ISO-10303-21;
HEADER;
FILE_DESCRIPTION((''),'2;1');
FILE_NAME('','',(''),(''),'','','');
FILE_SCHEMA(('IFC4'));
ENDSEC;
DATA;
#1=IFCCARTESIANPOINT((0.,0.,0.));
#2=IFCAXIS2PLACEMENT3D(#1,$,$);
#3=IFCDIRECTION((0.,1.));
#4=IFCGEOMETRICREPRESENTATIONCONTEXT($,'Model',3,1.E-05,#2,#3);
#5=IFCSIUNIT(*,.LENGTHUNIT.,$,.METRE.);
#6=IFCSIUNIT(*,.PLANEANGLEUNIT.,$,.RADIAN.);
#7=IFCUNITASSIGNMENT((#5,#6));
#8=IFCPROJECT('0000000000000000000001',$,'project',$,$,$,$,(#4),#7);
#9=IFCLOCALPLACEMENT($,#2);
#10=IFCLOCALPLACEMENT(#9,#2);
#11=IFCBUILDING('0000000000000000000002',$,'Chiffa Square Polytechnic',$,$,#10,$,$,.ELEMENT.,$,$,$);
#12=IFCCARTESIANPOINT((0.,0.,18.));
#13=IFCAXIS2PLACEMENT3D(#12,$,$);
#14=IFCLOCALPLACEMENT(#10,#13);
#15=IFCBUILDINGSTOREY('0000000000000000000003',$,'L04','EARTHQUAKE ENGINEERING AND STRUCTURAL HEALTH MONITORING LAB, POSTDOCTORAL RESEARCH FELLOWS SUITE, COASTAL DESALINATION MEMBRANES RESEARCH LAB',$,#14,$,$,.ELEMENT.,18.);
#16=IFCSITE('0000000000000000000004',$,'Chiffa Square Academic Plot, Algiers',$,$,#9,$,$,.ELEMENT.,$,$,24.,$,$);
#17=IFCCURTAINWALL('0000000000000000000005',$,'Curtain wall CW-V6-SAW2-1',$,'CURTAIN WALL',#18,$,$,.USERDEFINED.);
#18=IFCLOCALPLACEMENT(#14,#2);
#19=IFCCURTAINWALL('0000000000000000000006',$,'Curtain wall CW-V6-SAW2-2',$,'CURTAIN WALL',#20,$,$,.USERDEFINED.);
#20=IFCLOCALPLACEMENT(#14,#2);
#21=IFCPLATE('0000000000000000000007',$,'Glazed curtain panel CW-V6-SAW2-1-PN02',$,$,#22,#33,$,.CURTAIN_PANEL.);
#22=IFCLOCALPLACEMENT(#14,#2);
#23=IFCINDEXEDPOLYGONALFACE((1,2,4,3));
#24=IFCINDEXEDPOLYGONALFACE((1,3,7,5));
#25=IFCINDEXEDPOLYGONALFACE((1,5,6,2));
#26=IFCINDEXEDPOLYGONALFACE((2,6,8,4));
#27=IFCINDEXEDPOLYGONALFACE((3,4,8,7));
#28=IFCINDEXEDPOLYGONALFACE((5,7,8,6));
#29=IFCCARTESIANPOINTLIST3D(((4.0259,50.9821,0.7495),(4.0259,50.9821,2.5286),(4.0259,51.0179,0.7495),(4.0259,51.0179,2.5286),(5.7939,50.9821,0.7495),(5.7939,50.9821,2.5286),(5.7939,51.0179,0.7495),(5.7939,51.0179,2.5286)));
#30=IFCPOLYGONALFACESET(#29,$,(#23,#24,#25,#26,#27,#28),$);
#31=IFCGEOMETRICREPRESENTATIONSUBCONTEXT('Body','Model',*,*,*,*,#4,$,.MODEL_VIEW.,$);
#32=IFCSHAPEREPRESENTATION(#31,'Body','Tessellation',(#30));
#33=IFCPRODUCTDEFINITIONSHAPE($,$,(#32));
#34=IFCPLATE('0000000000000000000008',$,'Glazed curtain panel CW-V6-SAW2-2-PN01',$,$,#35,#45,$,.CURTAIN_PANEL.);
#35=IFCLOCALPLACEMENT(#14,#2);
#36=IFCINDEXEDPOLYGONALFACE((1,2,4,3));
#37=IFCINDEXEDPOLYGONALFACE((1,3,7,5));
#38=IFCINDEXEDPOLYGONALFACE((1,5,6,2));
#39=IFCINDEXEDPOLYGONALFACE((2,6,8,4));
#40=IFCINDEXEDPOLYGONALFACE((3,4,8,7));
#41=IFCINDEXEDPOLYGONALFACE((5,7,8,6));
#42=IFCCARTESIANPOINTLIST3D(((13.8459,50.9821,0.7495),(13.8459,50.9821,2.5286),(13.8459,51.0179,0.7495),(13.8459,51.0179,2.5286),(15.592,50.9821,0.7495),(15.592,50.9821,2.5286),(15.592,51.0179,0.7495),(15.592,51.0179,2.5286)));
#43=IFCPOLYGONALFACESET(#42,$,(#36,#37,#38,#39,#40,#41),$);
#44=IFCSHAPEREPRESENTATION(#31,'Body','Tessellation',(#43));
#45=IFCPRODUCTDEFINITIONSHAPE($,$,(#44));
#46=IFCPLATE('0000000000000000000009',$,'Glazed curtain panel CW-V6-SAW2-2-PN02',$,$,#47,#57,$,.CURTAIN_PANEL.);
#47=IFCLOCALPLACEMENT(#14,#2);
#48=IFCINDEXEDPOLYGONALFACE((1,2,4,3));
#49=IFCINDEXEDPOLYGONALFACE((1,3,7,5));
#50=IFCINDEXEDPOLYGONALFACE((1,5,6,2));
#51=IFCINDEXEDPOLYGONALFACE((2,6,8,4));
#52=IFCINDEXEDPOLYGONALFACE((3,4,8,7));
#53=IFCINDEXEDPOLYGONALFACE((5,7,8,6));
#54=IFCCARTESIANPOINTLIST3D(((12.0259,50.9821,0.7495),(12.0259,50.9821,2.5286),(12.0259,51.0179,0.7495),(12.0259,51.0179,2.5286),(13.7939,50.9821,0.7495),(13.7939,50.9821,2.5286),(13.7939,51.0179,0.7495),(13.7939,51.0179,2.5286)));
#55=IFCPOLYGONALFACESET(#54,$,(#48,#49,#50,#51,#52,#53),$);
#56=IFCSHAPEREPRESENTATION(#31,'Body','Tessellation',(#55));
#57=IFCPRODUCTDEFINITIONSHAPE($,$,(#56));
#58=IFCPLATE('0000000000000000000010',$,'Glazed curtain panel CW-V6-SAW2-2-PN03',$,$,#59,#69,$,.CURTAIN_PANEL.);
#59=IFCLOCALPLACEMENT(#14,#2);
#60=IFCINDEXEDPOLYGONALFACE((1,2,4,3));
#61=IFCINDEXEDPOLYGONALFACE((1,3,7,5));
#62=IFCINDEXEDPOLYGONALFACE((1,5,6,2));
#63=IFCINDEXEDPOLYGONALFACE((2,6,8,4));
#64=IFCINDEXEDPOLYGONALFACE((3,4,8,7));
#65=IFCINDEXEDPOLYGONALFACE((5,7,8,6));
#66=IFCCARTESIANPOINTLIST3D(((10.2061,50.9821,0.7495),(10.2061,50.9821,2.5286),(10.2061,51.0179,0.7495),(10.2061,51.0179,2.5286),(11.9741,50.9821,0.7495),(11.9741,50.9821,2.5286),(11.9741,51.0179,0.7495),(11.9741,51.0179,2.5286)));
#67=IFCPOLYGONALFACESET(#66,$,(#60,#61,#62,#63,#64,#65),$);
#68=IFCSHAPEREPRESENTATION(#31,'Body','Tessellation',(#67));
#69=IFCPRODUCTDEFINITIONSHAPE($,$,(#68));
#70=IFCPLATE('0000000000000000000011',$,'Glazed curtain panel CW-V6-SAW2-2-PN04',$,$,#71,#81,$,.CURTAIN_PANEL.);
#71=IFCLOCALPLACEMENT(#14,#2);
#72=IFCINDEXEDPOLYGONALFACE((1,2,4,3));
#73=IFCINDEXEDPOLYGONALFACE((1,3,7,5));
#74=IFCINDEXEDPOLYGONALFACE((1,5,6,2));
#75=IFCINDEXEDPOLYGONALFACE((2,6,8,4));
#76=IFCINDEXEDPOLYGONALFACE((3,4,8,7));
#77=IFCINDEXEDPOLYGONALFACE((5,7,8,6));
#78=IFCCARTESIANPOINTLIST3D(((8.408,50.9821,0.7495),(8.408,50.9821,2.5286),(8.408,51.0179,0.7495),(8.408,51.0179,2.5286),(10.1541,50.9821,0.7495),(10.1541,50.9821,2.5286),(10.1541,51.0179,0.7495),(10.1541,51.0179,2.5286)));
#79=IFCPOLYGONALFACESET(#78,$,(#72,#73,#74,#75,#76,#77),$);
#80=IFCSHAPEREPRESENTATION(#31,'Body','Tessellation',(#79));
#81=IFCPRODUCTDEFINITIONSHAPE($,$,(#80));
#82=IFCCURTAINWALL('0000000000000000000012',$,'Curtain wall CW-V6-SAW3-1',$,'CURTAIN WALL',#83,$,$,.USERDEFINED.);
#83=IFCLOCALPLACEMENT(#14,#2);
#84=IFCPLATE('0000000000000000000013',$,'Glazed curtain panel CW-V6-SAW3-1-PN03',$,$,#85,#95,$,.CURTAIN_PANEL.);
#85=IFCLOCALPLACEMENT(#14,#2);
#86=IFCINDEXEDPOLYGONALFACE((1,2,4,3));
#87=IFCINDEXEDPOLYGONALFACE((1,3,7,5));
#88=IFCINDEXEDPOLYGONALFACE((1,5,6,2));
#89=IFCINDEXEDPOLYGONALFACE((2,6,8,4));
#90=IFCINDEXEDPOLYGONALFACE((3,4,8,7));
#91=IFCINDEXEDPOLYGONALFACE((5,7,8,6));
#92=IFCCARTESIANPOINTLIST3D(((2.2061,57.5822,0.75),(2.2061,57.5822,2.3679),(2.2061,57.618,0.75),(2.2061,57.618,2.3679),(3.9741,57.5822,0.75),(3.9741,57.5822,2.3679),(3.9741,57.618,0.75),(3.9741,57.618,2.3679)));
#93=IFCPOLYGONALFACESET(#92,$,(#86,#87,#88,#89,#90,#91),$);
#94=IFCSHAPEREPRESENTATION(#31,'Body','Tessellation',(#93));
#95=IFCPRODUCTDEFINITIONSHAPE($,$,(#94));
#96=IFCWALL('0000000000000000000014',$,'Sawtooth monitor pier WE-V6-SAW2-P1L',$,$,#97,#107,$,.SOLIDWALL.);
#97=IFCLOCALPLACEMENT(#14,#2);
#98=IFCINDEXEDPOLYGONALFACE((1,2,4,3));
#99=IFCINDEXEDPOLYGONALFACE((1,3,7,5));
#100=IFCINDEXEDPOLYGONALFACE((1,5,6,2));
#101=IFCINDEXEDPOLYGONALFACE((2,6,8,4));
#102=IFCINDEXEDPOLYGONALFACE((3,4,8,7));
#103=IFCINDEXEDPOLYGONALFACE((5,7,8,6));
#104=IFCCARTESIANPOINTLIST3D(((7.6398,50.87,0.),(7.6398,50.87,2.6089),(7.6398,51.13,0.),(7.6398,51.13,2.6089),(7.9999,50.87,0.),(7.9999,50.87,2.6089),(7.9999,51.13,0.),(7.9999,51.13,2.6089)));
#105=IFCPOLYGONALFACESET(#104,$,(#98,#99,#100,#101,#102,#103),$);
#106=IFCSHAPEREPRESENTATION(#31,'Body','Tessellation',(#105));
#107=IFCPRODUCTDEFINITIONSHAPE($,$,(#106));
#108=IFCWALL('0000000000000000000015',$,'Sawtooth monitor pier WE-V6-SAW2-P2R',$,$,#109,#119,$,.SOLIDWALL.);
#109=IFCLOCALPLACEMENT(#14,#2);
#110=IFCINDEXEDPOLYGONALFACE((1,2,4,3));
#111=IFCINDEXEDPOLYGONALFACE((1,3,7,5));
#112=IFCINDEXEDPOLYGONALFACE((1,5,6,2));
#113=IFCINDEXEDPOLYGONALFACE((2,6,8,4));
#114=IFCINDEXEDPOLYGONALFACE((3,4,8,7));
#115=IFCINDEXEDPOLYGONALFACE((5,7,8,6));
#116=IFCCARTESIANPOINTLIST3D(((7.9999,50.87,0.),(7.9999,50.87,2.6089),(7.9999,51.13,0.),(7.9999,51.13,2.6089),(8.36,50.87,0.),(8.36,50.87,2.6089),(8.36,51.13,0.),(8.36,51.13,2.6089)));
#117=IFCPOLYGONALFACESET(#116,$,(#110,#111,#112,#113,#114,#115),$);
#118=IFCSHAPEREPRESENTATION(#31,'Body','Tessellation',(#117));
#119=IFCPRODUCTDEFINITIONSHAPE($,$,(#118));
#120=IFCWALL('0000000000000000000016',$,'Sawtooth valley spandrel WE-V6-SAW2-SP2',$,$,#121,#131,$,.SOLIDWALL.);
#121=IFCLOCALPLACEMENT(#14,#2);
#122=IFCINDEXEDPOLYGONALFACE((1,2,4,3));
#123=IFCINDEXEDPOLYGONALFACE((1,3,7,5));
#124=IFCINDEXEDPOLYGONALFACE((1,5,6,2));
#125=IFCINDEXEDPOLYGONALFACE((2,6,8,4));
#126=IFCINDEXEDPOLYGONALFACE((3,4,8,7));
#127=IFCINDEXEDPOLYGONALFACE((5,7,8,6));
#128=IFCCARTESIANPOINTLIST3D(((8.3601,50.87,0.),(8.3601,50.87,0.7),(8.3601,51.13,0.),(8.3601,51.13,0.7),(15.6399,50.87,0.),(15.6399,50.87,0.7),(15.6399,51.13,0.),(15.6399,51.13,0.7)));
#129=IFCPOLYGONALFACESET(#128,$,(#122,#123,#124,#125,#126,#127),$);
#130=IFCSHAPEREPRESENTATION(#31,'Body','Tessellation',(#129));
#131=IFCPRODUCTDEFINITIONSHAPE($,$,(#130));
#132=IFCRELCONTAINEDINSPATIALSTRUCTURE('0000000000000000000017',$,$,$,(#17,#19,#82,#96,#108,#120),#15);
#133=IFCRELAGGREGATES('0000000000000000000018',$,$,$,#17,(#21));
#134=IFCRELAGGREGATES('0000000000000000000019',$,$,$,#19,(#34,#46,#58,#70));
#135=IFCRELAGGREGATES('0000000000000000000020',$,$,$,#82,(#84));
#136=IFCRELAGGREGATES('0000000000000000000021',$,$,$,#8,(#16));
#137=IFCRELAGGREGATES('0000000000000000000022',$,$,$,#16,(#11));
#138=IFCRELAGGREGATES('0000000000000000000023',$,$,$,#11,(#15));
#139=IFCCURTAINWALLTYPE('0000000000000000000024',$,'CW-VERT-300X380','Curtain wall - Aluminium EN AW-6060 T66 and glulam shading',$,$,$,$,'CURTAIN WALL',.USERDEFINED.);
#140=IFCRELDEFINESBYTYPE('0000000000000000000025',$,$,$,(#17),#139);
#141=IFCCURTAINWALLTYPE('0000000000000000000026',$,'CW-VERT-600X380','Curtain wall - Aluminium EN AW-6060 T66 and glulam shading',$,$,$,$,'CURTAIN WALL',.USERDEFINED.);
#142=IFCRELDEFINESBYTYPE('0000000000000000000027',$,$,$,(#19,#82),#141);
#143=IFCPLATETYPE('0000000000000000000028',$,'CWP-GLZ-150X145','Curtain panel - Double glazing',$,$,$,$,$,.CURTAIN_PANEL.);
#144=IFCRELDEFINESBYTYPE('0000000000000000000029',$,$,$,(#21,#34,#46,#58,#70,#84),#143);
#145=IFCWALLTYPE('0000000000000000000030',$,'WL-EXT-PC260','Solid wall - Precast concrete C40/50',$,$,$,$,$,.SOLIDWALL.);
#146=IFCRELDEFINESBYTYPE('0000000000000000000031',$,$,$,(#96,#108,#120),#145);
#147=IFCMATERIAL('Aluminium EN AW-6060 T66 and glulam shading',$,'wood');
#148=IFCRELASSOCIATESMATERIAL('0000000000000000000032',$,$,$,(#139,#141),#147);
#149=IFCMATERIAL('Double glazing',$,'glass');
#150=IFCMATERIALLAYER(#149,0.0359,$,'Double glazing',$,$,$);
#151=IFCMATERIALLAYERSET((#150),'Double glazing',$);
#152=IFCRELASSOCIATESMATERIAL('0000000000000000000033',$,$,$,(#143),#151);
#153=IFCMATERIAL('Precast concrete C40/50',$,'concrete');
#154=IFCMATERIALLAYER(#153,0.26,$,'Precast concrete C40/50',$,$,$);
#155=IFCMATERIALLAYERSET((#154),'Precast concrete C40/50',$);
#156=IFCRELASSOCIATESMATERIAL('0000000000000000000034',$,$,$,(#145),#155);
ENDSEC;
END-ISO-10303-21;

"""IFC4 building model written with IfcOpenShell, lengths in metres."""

from ifc_helpers import new_model, si_unit, direction, frame, frame_2d, origin, origin_2d, place, context, subcontext, project, spatial, rectangle, extrude, material, layer, layer_set, type_object, element, aggregate, save


model = new_model("IFC4")

# Units and contexts
model_context = context("Model", 3, precision=1e-05, world=origin(), true_north=direction((0.0, 1.0)))
body_context = subcontext(model_context, "Body", "Model", "MODEL_VIEW")
ifc_project = project(units=[si_unit("LENGTHUNIT", "METRE"), si_unit("PLANEANGLEUNIT", "RADIAN")], contexts=[model_context])

# Site, building, storey
site_placement = place(None, origin())
site = spatial("IfcSite", under=ifc_project, at=site_placement, Name="Chiffa Square Academic Plot, Algiers", CompositionType="ELEMENT", RefElevation=24.0)
building_placement = place(site_placement, origin())
building = spatial("IfcBuilding", under=site, at=building_placement, Name="Chiffa Square Polytechnic", CompositionType="ELEMENT")
storey_placement = place(building_placement, frame((0.0, 0.0, 18.0)))
storey = spatial("IfcBuildingStorey", under=building, at=storey_placement, Name="L04", Description="EARTHQUAKE ENGINEERING AND STRUCTURAL HEALTH MONITORING LAB, POSTDOCTORAL RESEARCH FELLOWS SUITE, COASTAL DESALINATION MEMBRANES RESEARCH LAB", CompositionType="ELEMENT", Elevation=18.0)

# Curtain walls
ifc_material_1 = material(Name="Aluminium EN AW-6060 T66 and glulam shading", Category="wood")
curtain_wall_type_1 = type_object("IfcCurtainWallType", Name="CW-VERT-300X380", Description="Curtain wall - Aluminium EN AW-6060 T66 and glulam shading", ElementType="CURTAIN WALL", PredefinedType="USERDEFINED", material=ifc_material_1)
curtain_wall_1_placement = place(storey_placement, origin())
curtain_wall_1 = element("IfcCurtainWall", 1, at=curtain_wall_1_placement, inside=storey, type_object=curtain_wall_type_1, Name="Curtain wall CW-V6-SAW2-1", ObjectType="CURTAIN WALL", PredefinedType="USERDEFINED")
curtain_wall_type_2 = type_object("IfcCurtainWallType", Name="CW-VERT-600X380", Description="Curtain wall - Aluminium EN AW-6060 T66 and glulam shading", ElementType="CURTAIN WALL", PredefinedType="USERDEFINED", material=ifc_material_1)
curtain_wall_2_placement = place(storey_placement, origin())
curtain_wall_2 = element("IfcCurtainWall", 2, at=curtain_wall_2_placement, inside=storey, type_object=curtain_wall_type_2, Name="Curtain wall CW-V6-SAW2-2", ObjectType="CURTAIN WALL", PredefinedType="USERDEFINED")

# Plates
ifc_material_2 = material(Name="Double glazing", Category="glass")
ifc_layer_1 = layer(ifc_material_2, 0.0359, Name="Double glazing")
ifc_layer_set_1 = layer_set([ifc_layer_1], Name="Double glazing")
plate_type = type_object("IfcPlateType", Name="CWP-GLZ-150X145", Description="Curtain panel - Double glazing", PredefinedType="CURTAIN_PANEL", material=ifc_layer_set_1)
plate_1_placement = place(storey_placement, frame((4.9099, 51.0, 0.7495), z_axis=(0.0, 0.0, 1.0), x_axis=(-1.0, 0.0, 0.0)))
plate_1 = element("IfcPlate", 3, at=plate_1_placement, type_object=plate_type, Name="Glazed curtain panel CW-V6-SAW2-1-PN02", PredefinedType="CURTAIN_PANEL", context=body_context, shape_type="SweptSolid", body=[
    extrude(rectangle(XDim=1.7681, YDim=0.0359, at=origin_2d()), origin(), (0.0, 0.0, 1.0), 1.7791),
])
aggregate(curtain_wall_1, [plate_1])
plate_2_placement = place(storey_placement, frame((14.719, 51.0, 0.7495), z_axis=(0.0, 0.0, 1.0), x_axis=(-1.0, 0.0, 0.0)))
plate_2 = element("IfcPlate", 4, at=plate_2_placement, type_object=plate_type, Name="Glazed curtain panel CW-V6-SAW2-2-PN01", PredefinedType="CURTAIN_PANEL", context=body_context, shape_type="SweptSolid", body=[
    extrude(rectangle(XDim=1.7461, YDim=0.0359, at=origin_2d()), origin(), (0.0, 0.0, 1.0), 1.7791),
])
plate_3_placement = place(storey_placement, frame((12.9099, 51.0, 0.7495), z_axis=(0.0, 0.0, 1.0), x_axis=(-1.0, 0.0, 0.0)))
plate_3 = element("IfcPlate", 5, at=plate_3_placement, type_object=plate_type, Name="Glazed curtain panel CW-V6-SAW2-2-PN02", PredefinedType="CURTAIN_PANEL", context=body_context, shape_type="SweptSolid", body=[
    extrude(rectangle(XDim=1.7681, YDim=0.0359, at=origin_2d()), origin(), (0.0, 0.0, 1.0), 1.7791),
])
plate_4_placement = place(storey_placement, frame((11.0901, 51.0, 0.7495), z_axis=(0.0, 0.0, 1.0), x_axis=(-1.0, 0.0, 0.0)))
plate_4 = element("IfcPlate", 6, at=plate_4_placement, type_object=plate_type, Name="Glazed curtain panel CW-V6-SAW2-2-PN03", PredefinedType="CURTAIN_PANEL", context=body_context, shape_type="SweptSolid", body=[
    extrude(rectangle(XDim=1.7681, YDim=0.0359, at=origin_2d()), origin(), (0.0, 0.0, 1.0), 1.7791),
])
plate_5_placement = place(storey_placement, frame((9.281, 51.0, 0.7495), z_axis=(0.0, 0.0, 1.0), x_axis=(-1.0, 0.0, 0.0)))
plate_5 = element("IfcPlate", 7, at=plate_5_placement, type_object=plate_type, Name="Glazed curtain panel CW-V6-SAW2-2-PN04", PredefinedType="CURTAIN_PANEL", context=body_context, shape_type="SweptSolid", body=[
    extrude(rectangle(XDim=1.7461, YDim=0.0359, at=origin_2d()), origin(), (0.0, 0.0, 1.0), 1.7791),
])
aggregate(curtain_wall_2, [plate_2, plate_3, plate_4, plate_5])

# Curtain wall, plate
curtain_wall_3_placement = place(storey_placement, origin())
curtain_wall_3 = element("IfcCurtainWall", 8, at=curtain_wall_3_placement, inside=storey, type_object=curtain_wall_type_2, Name="Curtain wall CW-V6-SAW3-1", ObjectType="CURTAIN WALL", PredefinedType="USERDEFINED")
plate_6_placement = place(storey_placement, frame((3.0901, 57.6001, 0.75), z_axis=(0.0, 0.0, 1.0), x_axis=(-1.0, 0.0, 0.0)))
plate_6 = element("IfcPlate", 9, at=plate_6_placement, type_object=plate_type, Name="Glazed curtain panel CW-V6-SAW3-1-PN03", PredefinedType="CURTAIN_PANEL", context=body_context, shape_type="SweptSolid", body=[
    extrude(rectangle(XDim=1.7681, YDim=0.0359, at=origin_2d()), origin(), (0.0, 0.0, 1.0), 1.6179),
])
aggregate(curtain_wall_3, [plate_6])

# Walls
ifc_material_3 = material(Name="Precast concrete C40/50", Category="concrete")
ifc_layer_2 = layer(ifc_material_3, 0.26, Name="Precast concrete C40/50")
ifc_layer_set_2 = layer_set([ifc_layer_2], Name="Precast concrete C40/50")
wall_type = type_object("IfcWallType", Name="WL-EXT-PC260", Description="Solid wall - Precast concrete C40/50", PredefinedType="SOLIDWALL", material=ifc_layer_set_2)
for number, where, z_axis, x_axis, name in (
    (10, (8.0, 51.0, 0.0), (0.0, 0.0, 1.0), (-1.0, 0.0, 0.0), "Sawtooth monitor pier WE-V6-SAW2-P1L"),
    (11, (8.3601, 51.0, 0.0), (0.0, 0.0, 1.0), (-1.0, 0.0, 0.0), "Sawtooth monitor pier WE-V6-SAW2-P2R"),
):
    element("IfcWall", number, at=place(storey_placement, frame(where, z_axis=z_axis, x_axis=x_axis)), inside=storey, type_object=wall_type, Name=name, PredefinedType="SOLIDWALL", context=body_context, shape_type="SweptSolid", body=[
        extrude(rectangle(XDim=0.3601, YDim=0.26, at=frame_2d((0.1802, 0.0))), origin(), (0.0, 0.0, 1.0), 2.6089),
    ])
wall_placement = place(storey_placement, frame((8.3601, 51.0, 0.0), z_axis=(0.0, 0.0, 1.0), x_axis=(1.0, 0.0, 0.0)))
element("IfcWall", 12, at=wall_placement, inside=storey, type_object=wall_type, Name="Sawtooth valley spandrel WE-V6-SAW2-SP2", PredefinedType="SOLIDWALL", context=body_context, shape_type="SweptSolid", body=[
    extrude(rectangle(XDim=7.2798, YDim=0.26, at=frame_2d((3.6399, 0.0))), origin(), (0.0, 0.0, 1.0), 0.7),
])

save(model, "model.ifc")
